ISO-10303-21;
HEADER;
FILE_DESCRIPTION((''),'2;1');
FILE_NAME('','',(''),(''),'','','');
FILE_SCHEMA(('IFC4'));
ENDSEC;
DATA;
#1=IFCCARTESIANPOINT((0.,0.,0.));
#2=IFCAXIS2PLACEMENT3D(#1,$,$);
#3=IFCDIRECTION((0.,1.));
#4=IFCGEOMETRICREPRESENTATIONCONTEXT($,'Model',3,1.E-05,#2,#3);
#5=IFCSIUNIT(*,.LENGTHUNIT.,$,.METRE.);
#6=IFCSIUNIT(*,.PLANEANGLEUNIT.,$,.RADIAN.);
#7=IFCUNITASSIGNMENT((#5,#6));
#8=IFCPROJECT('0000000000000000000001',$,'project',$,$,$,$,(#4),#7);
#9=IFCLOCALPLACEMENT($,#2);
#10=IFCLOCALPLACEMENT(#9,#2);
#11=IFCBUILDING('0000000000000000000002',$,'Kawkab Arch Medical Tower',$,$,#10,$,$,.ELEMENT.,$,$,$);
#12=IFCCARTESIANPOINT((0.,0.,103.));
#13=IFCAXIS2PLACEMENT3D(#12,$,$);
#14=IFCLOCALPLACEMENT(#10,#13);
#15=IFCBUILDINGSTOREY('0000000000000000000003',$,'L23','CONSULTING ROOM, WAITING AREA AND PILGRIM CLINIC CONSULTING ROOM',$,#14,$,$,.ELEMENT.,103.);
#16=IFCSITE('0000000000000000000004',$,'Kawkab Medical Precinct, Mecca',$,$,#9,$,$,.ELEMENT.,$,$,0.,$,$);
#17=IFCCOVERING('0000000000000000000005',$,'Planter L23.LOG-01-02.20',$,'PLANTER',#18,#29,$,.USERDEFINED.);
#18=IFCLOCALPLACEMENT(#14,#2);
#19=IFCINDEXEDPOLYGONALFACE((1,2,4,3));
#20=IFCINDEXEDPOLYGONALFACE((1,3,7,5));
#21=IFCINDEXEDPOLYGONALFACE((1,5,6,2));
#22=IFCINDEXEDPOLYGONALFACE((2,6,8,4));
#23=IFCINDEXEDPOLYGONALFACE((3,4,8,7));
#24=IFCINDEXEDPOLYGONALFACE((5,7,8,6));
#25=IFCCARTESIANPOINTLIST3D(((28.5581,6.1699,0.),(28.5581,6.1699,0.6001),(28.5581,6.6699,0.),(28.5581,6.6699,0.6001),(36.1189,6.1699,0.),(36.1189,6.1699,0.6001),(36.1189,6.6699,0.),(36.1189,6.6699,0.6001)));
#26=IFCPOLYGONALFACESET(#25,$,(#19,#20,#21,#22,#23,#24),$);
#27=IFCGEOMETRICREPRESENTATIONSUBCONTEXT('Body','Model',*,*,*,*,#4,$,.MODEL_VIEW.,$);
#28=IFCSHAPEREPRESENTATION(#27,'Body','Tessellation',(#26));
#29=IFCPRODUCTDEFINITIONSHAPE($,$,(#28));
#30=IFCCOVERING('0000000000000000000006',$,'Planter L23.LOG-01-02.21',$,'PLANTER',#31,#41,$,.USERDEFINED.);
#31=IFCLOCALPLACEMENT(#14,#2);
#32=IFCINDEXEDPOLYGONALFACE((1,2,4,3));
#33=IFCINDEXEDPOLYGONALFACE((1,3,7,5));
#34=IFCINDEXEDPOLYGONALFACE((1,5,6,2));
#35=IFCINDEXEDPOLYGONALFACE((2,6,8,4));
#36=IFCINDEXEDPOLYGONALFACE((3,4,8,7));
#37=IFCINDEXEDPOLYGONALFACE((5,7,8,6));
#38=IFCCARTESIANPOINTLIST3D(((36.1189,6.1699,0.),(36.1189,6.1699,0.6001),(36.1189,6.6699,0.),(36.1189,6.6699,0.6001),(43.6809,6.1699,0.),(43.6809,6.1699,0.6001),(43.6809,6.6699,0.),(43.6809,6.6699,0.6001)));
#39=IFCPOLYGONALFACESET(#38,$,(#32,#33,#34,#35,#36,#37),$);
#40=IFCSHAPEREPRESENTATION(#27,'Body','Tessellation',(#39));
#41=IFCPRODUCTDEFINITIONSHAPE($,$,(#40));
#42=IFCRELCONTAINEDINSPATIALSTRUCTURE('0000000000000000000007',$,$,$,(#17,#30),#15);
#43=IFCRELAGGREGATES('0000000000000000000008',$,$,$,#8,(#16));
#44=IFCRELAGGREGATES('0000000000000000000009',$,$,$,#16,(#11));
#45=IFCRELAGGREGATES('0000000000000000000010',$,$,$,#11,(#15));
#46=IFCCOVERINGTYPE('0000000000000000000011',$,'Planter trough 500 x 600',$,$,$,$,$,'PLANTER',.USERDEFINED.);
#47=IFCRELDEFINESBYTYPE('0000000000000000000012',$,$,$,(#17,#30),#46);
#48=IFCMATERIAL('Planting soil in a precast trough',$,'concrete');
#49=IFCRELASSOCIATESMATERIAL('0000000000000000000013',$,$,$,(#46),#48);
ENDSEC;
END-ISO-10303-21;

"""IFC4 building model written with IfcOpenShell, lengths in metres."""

from ifc_helpers import new_model, si_unit, direction, frame, origin, origin_2d, place, context, subcontext, project, spatial, rectangle, extrude, material, material_profile, profile_set, type_object, element, save


model = new_model("IFC4")

# Units and contexts
model_context = context("Model", 3, precision=1e-05, world=origin(), true_north=direction((0.0, 1.0)))
body_context = subcontext(model_context, "Body", "Model", "MODEL_VIEW")
ifc_project = project(units=[si_unit("LENGTHUNIT", "METRE"), si_unit("PLANEANGLEUNIT", "RADIAN")], contexts=[model_context])

# Site, building, storey
site_placement = place(None, origin())
site = spatial("IfcSite", under=ifc_project, at=site_placement, Name="Kawkab Medical Precinct, Mecca", CompositionType="ELEMENT", RefElevation=0.0)
building_placement = place(site_placement, origin())
building = spatial("IfcBuilding", under=site, at=building_placement, Name="Kawkab Arch Medical Tower", CompositionType="ELEMENT")
storey_placement = place(building_placement, frame((0.0, 0.0, 103.0)))
storey = spatial("IfcBuildingStorey", under=building, at=storey_placement, Name="L23", Description="CONSULTING ROOM, WAITING AREA AND PILGRIM CLINIC CONSULTING ROOM", CompositionType="ELEMENT", Elevation=103.0)

# Coverings
ifc_material_1 = material(Name="Planting soil in a precast trough", Category="concrete")
ifc_material_profile_1 = material_profile(ifc_material_1, rectangle(XDim=0.5, YDim=0.6001, at=origin_2d()), Name="Trough 500x600")
ifc_profile_set_1 = profile_set([ifc_material_profile_1], Name="Planting soil in a precast trough")
covering_type_1 = type_object("IfcCoveringType", Name="Planter trough 500 x 600", ElementType="PLANTER", PredefinedType="USERDEFINED", material=ifc_profile_set_1)
covering_1_placement = place(storey_placement, frame((28.5581, 6.4199, 0.3), z_axis=(1.0, 0.0, 0.0), x_axis=(0.0, 1.0, 0.0)))
element("IfcCovering", 1, at=covering_1_placement, inside=storey, type_object=covering_type_1, Name="Planter L23.LOG-01-02.20", ObjectType="PLANTER", PredefinedType="USERDEFINED", context=body_context, shape_type="SweptSolid", body=[
    extrude(rectangle(XDim=0.5, YDim=0.6001, at=origin_2d()), origin(), (0.0, 0.0, 1.0), 7.5608),
])
covering_2_placement = place(storey_placement, frame((36.1189, 6.4199, 0.3), z_axis=(1.0, 0.0, 0.0), x_axis=(0.0, 1.0, 0.0)))
element("IfcCovering", 2, at=covering_2_placement, inside=storey, type_object=covering_type_1, Name="Planter L23.LOG-01-02.21", ObjectType="PLANTER", PredefinedType="USERDEFINED", context=body_context, shape_type="SweptSolid", body=[
    extrude(rectangle(XDim=0.5, YDim=0.6001, at=origin_2d()), origin(), (0.0, 0.0, 1.0), 7.562),
])

save(model, "model.ifc")
